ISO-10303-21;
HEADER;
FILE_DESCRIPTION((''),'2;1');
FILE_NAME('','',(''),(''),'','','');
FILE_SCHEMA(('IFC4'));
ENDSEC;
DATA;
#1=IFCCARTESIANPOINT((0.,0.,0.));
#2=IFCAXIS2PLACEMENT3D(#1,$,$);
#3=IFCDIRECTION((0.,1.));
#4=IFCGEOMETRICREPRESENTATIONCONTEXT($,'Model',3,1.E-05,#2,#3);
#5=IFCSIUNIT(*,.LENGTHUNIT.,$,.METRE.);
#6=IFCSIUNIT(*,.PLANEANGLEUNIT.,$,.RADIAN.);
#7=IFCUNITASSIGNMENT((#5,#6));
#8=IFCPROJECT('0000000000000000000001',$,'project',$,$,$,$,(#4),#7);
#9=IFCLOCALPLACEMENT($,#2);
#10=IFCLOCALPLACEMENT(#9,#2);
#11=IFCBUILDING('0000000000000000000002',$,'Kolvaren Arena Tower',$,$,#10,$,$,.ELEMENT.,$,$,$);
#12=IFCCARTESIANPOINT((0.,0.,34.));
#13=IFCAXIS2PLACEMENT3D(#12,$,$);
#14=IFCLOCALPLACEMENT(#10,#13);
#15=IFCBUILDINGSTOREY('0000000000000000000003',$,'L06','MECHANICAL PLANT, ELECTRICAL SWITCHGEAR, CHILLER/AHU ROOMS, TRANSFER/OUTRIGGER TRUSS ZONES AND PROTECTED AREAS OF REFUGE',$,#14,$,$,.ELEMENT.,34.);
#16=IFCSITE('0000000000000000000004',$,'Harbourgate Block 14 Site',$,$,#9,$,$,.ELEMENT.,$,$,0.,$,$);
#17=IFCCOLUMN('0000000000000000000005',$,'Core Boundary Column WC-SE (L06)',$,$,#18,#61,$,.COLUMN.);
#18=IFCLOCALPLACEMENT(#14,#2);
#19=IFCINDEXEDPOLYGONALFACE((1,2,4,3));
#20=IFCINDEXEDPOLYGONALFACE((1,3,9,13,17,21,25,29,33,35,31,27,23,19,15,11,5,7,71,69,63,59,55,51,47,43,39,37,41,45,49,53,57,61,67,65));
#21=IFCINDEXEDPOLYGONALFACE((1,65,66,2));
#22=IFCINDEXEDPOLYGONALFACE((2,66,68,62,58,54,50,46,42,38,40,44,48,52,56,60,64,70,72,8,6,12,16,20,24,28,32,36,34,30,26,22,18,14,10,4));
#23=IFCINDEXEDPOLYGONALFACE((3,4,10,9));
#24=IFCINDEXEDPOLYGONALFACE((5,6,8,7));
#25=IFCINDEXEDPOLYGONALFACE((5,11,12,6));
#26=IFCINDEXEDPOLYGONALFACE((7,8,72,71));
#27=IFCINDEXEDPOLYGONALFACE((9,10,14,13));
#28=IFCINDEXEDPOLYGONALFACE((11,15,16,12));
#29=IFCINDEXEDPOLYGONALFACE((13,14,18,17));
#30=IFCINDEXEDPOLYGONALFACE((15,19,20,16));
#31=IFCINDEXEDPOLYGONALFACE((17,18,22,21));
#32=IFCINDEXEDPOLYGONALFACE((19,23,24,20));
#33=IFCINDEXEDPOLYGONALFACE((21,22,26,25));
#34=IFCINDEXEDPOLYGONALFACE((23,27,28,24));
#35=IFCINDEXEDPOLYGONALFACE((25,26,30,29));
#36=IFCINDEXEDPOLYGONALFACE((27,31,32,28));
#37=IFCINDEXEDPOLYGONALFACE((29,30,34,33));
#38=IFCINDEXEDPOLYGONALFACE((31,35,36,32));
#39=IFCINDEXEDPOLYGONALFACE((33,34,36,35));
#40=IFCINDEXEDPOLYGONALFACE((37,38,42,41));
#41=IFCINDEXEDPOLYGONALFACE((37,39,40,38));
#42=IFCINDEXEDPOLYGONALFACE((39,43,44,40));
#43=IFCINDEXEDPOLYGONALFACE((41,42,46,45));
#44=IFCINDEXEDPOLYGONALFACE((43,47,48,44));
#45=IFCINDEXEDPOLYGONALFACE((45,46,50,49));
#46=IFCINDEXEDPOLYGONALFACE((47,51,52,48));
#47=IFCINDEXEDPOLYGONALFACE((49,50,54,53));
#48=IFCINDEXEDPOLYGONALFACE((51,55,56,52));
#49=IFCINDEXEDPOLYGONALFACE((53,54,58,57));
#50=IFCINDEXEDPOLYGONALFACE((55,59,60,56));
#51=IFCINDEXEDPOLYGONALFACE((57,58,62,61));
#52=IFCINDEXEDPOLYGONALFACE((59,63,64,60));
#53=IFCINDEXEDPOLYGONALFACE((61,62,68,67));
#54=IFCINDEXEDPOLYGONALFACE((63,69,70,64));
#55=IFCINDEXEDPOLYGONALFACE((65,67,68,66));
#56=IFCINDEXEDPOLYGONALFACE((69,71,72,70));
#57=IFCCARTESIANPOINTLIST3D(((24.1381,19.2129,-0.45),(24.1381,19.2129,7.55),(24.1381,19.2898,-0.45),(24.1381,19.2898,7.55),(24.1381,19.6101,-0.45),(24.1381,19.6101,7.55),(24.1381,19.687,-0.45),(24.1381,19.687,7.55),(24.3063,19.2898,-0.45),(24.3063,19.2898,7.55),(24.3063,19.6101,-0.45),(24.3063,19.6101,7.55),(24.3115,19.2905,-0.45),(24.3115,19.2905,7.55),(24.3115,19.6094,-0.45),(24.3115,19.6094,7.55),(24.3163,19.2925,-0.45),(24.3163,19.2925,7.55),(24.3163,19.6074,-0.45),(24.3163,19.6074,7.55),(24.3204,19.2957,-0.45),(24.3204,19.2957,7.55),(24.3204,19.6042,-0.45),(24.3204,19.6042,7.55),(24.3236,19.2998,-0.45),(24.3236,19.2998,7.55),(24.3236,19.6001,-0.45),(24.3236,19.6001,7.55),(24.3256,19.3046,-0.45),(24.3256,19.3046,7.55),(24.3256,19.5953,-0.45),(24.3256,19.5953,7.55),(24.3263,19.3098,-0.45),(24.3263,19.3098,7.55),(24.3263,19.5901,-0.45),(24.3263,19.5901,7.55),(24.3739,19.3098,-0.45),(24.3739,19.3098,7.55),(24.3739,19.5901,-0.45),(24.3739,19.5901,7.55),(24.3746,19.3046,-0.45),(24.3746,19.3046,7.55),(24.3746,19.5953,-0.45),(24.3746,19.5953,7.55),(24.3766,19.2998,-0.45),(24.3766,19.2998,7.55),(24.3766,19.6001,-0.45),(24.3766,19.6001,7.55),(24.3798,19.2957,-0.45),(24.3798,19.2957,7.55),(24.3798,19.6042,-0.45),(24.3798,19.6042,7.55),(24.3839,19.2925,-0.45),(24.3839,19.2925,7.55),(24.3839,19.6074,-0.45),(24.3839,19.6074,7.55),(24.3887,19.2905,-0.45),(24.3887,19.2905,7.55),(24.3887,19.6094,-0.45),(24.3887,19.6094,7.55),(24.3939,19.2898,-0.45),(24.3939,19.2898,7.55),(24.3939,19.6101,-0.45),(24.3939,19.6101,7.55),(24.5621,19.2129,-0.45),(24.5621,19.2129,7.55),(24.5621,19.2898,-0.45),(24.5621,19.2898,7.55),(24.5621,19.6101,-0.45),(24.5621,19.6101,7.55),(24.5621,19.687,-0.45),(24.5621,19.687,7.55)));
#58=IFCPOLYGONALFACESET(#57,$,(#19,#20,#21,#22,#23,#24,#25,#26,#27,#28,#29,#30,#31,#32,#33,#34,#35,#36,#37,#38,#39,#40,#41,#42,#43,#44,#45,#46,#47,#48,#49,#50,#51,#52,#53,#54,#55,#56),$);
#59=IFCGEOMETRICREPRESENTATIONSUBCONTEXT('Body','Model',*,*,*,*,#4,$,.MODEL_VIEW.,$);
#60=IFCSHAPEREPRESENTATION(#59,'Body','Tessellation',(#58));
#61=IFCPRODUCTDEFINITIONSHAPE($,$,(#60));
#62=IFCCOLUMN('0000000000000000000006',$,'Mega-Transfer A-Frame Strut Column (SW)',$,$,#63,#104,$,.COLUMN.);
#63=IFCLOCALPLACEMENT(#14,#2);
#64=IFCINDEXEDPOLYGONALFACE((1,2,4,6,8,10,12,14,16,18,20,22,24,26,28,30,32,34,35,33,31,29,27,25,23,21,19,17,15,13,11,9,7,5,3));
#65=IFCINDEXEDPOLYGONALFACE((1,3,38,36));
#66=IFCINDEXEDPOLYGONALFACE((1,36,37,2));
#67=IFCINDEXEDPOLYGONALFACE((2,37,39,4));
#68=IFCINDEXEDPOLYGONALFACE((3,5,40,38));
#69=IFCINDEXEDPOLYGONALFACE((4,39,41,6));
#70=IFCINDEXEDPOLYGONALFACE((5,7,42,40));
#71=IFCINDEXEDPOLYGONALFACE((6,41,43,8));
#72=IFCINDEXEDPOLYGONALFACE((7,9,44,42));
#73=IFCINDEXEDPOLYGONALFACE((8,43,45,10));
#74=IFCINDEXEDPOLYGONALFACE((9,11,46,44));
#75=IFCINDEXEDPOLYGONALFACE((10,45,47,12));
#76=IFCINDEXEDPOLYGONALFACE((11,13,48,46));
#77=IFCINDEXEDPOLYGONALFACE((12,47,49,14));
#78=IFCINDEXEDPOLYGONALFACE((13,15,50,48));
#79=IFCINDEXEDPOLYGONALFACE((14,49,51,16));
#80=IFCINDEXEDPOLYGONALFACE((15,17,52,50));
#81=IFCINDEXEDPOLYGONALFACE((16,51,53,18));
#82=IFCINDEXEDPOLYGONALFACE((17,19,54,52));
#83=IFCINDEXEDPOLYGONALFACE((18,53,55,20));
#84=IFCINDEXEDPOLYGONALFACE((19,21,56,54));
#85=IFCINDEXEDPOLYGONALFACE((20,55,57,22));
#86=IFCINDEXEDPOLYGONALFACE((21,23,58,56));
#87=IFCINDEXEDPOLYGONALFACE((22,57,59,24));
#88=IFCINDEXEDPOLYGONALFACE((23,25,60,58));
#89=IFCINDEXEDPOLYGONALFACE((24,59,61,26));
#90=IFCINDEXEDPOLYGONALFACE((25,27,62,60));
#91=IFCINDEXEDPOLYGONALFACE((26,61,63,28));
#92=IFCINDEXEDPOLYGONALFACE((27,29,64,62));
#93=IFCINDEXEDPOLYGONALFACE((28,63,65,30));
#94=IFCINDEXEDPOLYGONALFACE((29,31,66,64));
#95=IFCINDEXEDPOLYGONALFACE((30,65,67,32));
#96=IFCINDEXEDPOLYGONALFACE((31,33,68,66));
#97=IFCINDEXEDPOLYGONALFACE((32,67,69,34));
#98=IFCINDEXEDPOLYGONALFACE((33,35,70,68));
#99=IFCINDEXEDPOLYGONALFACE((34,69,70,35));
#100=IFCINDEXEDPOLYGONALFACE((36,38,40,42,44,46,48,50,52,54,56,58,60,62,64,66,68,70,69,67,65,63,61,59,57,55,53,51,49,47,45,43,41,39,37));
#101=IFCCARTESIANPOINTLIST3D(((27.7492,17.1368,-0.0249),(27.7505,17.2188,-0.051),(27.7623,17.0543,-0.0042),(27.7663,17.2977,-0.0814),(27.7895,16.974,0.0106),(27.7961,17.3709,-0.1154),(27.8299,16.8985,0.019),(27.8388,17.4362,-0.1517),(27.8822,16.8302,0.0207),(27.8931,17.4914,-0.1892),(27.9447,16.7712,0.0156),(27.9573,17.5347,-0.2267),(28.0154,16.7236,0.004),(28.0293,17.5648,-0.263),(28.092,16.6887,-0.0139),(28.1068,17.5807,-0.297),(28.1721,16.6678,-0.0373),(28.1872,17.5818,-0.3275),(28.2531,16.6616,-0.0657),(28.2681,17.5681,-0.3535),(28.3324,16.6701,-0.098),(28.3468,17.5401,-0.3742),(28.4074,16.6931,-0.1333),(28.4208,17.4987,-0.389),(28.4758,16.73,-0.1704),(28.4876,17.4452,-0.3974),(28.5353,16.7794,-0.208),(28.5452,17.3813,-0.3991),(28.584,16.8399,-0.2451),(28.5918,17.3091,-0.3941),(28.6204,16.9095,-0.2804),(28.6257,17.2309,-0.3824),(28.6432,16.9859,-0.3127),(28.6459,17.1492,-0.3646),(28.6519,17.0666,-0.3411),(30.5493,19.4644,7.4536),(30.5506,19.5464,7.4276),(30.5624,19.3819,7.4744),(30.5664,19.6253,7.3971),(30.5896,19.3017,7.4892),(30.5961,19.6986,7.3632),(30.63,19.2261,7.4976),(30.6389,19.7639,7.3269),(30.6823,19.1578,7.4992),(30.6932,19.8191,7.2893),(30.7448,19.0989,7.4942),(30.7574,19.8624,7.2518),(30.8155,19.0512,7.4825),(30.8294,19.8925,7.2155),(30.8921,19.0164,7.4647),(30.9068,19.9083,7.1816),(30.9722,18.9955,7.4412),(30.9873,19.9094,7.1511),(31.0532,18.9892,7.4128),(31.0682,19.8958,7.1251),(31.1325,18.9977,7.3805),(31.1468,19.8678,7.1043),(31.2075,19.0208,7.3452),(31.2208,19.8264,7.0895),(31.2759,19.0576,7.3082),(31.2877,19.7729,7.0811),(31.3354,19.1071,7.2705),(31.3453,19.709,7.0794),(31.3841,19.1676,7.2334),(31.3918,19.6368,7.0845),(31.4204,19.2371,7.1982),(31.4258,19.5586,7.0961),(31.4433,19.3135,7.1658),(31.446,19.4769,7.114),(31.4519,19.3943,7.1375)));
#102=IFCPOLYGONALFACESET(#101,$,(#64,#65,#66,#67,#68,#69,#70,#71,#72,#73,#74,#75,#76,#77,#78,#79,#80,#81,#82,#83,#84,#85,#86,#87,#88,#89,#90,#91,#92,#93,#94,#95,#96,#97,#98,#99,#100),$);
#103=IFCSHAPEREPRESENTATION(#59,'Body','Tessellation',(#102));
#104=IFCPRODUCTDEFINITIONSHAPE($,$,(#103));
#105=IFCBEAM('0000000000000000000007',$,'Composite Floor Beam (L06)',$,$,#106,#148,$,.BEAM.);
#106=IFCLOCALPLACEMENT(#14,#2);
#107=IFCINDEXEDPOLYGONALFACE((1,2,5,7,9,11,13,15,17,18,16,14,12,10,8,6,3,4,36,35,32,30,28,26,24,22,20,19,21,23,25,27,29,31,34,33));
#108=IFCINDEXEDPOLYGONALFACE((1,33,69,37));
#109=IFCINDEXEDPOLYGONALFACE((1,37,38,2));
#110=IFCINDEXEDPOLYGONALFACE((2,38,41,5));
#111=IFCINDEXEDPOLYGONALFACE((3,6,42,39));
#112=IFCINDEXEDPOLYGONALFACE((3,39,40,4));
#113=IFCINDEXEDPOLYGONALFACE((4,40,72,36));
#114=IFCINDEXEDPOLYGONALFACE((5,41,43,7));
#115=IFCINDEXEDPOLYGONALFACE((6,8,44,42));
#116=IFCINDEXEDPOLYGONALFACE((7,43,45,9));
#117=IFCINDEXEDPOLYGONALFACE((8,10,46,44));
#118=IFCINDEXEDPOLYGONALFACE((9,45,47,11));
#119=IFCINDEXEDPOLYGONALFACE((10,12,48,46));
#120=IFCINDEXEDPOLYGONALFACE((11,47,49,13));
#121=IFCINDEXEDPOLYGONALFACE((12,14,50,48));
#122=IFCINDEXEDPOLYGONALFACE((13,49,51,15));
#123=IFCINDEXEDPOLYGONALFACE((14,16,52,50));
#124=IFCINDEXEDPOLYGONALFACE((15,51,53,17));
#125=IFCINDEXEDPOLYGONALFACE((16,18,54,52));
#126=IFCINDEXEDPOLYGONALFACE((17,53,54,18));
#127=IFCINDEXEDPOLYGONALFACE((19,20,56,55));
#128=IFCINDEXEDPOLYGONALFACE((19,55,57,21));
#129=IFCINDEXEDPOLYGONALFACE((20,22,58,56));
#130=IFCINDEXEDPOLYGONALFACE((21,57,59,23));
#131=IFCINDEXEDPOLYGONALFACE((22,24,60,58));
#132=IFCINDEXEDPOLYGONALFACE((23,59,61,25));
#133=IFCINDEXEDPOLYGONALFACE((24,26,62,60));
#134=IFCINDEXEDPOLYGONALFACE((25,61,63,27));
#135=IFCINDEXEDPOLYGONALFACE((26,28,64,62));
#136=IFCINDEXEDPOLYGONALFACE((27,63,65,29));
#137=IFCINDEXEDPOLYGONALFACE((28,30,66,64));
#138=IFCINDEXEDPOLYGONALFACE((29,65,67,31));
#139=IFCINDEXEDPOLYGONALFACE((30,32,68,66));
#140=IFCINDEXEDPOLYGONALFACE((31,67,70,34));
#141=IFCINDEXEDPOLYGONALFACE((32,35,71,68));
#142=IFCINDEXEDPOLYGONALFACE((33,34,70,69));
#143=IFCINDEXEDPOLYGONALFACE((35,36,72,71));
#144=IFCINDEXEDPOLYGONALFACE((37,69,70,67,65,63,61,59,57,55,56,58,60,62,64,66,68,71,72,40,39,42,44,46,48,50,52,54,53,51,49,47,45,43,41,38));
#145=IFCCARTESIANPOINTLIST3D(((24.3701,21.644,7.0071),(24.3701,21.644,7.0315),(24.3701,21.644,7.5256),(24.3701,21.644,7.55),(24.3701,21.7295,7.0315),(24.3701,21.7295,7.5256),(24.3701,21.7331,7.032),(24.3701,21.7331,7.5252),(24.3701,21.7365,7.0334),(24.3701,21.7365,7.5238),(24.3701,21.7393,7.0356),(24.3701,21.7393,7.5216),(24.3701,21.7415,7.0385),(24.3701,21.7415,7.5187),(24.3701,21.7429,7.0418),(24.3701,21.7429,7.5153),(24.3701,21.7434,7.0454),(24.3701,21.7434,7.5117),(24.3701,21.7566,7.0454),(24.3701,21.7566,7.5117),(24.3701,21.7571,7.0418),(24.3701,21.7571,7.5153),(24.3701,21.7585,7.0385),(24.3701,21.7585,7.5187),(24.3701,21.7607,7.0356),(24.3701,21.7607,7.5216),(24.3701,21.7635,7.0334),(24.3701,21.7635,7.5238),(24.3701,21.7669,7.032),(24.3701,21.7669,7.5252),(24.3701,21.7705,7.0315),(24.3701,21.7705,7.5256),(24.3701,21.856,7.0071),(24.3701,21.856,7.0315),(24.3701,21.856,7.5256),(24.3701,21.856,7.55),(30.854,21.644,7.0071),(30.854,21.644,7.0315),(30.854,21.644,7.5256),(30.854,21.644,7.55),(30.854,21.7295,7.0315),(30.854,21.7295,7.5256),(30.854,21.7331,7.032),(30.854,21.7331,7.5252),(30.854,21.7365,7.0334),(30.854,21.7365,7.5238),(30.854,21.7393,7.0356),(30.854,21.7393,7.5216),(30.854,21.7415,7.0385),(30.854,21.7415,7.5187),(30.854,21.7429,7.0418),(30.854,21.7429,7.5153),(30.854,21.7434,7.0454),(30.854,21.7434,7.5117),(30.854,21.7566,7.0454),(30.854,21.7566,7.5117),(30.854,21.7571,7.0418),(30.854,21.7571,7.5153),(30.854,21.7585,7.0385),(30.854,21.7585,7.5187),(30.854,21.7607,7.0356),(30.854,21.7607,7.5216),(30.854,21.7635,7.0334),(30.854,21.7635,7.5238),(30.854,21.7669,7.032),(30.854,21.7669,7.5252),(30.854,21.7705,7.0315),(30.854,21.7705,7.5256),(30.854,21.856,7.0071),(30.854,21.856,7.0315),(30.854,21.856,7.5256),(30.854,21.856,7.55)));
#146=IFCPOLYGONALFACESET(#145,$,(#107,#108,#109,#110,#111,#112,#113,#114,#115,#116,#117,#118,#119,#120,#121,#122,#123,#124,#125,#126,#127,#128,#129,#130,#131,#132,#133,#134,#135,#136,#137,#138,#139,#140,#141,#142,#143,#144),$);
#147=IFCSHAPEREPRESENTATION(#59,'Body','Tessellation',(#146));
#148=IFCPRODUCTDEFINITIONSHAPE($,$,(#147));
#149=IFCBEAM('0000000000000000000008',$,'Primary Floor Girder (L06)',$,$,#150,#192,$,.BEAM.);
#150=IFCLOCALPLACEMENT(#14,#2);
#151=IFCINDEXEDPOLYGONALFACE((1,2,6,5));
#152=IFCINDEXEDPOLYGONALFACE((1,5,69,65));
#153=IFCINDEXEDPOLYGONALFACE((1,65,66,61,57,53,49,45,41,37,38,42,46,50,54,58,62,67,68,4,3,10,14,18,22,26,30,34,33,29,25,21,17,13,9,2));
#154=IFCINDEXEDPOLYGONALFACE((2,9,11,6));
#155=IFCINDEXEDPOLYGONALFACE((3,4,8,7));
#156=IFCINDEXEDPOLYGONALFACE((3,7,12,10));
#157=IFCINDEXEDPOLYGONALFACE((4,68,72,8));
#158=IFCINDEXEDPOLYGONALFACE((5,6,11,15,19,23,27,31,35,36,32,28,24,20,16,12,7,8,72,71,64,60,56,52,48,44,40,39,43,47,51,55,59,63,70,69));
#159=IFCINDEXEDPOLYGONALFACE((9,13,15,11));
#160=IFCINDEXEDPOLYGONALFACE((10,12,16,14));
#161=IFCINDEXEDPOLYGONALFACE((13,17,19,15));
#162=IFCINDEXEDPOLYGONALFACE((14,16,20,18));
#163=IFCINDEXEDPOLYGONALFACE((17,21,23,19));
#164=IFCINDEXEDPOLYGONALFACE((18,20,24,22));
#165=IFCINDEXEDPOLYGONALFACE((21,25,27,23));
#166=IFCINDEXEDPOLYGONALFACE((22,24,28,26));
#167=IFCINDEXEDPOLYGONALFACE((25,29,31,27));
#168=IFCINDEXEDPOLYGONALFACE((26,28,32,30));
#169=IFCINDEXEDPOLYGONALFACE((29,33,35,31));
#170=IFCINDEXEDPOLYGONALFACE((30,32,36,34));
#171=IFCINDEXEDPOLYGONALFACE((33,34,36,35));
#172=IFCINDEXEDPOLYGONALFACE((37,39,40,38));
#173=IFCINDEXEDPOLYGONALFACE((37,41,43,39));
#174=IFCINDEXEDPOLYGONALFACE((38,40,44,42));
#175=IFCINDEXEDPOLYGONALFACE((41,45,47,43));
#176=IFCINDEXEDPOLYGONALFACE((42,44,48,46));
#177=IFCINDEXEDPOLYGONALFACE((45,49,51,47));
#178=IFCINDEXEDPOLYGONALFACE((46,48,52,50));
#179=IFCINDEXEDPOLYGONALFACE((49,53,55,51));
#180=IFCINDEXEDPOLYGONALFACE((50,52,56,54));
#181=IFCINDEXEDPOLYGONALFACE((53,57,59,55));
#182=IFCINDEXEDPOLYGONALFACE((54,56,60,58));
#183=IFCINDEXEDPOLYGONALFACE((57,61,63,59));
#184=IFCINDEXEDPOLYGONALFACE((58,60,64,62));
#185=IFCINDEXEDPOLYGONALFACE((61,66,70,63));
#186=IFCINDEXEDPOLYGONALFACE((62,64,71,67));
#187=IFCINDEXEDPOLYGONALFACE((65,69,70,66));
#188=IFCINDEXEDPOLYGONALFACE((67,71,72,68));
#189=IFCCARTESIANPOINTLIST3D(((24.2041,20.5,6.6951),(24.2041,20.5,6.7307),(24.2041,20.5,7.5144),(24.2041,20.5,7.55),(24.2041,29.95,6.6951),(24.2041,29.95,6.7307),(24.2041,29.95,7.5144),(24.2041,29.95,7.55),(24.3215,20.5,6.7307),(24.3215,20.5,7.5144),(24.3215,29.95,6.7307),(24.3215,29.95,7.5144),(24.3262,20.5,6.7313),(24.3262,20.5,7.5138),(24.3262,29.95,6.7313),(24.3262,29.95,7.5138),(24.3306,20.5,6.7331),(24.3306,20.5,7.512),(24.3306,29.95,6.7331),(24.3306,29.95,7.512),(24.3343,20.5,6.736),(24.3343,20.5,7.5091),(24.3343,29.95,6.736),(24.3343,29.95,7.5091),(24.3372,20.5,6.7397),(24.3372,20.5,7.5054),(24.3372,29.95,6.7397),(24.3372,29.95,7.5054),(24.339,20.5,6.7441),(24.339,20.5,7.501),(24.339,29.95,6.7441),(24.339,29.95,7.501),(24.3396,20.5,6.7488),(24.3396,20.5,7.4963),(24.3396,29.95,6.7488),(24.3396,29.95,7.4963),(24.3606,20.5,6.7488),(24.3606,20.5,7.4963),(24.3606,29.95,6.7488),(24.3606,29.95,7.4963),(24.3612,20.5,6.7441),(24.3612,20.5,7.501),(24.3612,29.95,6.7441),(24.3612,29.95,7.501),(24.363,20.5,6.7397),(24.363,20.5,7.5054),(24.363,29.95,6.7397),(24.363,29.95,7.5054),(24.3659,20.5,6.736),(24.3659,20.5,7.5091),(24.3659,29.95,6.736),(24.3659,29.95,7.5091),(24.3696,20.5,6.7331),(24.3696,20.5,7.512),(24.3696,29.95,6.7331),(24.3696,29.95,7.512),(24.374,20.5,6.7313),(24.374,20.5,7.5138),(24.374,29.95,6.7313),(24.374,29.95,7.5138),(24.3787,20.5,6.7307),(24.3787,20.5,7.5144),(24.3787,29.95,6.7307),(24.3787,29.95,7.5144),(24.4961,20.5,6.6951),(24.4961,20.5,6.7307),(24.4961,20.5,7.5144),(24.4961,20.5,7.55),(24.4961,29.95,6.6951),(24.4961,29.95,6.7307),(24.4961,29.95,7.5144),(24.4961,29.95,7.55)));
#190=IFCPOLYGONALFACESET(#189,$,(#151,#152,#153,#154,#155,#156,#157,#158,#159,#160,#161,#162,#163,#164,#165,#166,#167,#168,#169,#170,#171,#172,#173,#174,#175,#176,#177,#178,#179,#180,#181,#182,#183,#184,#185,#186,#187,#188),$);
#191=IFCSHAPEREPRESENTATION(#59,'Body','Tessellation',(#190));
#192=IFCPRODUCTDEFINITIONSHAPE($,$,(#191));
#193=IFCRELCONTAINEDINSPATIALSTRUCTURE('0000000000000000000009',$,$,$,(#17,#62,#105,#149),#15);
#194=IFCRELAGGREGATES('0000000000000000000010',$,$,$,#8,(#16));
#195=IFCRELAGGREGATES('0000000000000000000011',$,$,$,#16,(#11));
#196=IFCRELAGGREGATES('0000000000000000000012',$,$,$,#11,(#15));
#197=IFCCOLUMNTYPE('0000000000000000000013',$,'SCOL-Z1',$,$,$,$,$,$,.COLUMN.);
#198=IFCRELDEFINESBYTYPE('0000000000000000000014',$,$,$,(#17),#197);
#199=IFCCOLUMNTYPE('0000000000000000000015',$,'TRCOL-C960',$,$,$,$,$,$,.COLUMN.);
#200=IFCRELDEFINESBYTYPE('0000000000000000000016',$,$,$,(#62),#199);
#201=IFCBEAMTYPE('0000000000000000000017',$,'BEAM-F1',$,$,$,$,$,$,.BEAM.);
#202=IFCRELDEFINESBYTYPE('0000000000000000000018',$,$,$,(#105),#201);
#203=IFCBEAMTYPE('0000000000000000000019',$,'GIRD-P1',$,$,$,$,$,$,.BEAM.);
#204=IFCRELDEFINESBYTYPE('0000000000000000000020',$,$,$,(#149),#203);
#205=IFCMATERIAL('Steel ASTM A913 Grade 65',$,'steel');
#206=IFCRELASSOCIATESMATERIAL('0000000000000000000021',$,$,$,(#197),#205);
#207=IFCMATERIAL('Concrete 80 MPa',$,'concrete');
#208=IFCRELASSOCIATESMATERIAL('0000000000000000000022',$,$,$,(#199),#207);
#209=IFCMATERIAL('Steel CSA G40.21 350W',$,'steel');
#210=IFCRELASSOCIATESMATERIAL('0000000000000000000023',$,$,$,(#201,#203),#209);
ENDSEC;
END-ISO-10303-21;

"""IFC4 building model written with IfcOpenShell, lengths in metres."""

from ifc_helpers import new_model, si_unit, direction, frame, origin, origin_2d, place, context, subcontext, project, spatial, circle, i_section, extrude, material, material_profile, profile_set, type_object, element, save


model = new_model("IFC4")

# Units and contexts
model_context = context("Model", 3, precision=1e-05, world=origin(), true_north=direction((0.0, 1.0)))
body_context = subcontext(model_context, "Body", "Model", "MODEL_VIEW")
ifc_project = project(units=[si_unit("LENGTHUNIT", "METRE"), si_unit("PLANEANGLEUNIT", "RADIAN")], contexts=[model_context])

# Site, building, storey
site_placement = place(None, origin())
site = spatial("IfcSite", under=ifc_project, at=site_placement, Name="Harbourgate Block 14 Site", CompositionType="ELEMENT", RefElevation=0.0)
building_placement = place(site_placement, origin())
building = spatial("IfcBuilding", under=site, at=building_placement, Name="Kolvaren Arena Tower", CompositionType="ELEMENT")
storey_placement = place(building_placement, frame((0.0, 0.0, 34.0)))
storey = spatial("IfcBuildingStorey", under=building, at=storey_placement, Name="L06", Description="MECHANICAL PLANT, ELECTRICAL SWITCHGEAR, CHILLER/AHU ROOMS, TRANSFER/OUTRIGGER TRUSS ZONES AND PROTECTED AREAS OF REFUGE", CompositionType="ELEMENT", Elevation=34.0)

# Columns
ifc_material_1 = material(Name="Steel ASTM A913 Grade 65", Category="steel")
ifc_material_profile_1 = material_profile(ifc_material_1, i_section(OverallWidth=0.4241, OverallDepth=0.4741, WebThickness=0.0476, FlangeThickness=0.0769, FilletRadius=0.02, at=origin_2d()), Name="W360x634")
ifc_profile_set_1 = profile_set([ifc_material_profile_1], Name="Steel ASTM A913 Grade 65")
column_type_1 = type_object("IfcColumnType", Name="SCOL-Z1", PredefinedType="COLUMN", material=ifc_profile_set_1)
column_1_placement = place(storey_placement, frame((24.3501, 19.45, -0.45), z_axis=(0.0, 0.0, 1.0), x_axis=(1.0, 0.0, 0.0)))
element("IfcColumn", 1, at=column_1_placement, inside=storey, type_object=column_type_1, Name="Core Boundary Column WC-SE (L06)", PredefinedType="COLUMN", context=body_context, shape_type="SweptSolid", body=[
    extrude(i_section(OverallWidth=0.4241, OverallDepth=0.4741, WebThickness=0.0476, FlangeThickness=0.0769, FilletRadius=0.02, at=origin_2d()), origin(), (0.0, 0.0, 1.0), 8.0),
])
ifc_material_2 = material(Name="Concrete 80 MPa", Category="concrete")
ifc_material_profile_2 = material_profile(ifc_material_2, circle(Radius=0.48, at=origin_2d()), Name="RC-CIRC-960")
ifc_profile_set_2 = profile_set([ifc_material_profile_2], Name="Concrete 80 MPa")
column_type_2 = type_object("IfcColumnType", Name="TRCOL-C960", PredefinedType="COLUMN", material=ifc_profile_set_2)
column_2_placement = place(storey_placement, frame((28.2, 17.1223, -0.1892), z_axis=(0.336632, 0.279837, 0.899094), x_axis=(-0.639254, 0.768996, 0.0)))
element("IfcColumn", 2, at=column_2_placement, inside=storey, type_object=column_type_2, Name="Mega-Transfer A-Frame Strut Column (SW)", PredefinedType="COLUMN", context=body_context, shape_type="SweptSolid", body=[
    extrude(circle(Radius=0.48, at=origin_2d()), origin(), (0.0, 0.0, 1.0), 8.3179),
])

# Beams
ifc_material_3 = material(Name="Steel CSA G40.21 350W", Category="steel")
ifc_material_profile_3 = material_profile(ifc_material_3, i_section(OverallWidth=0.2119, OverallDepth=0.543, WebThickness=0.0132, FlangeThickness=0.0244, FilletRadius=0.0139, at=origin_2d()), Name="W530x150")
ifc_profile_set_3 = profile_set([ifc_material_profile_3], Name="Steel CSA G40.21 350W")
beam_type_1 = type_object("IfcBeamType", Name="BEAM-F1", PredefinedType="BEAM", material=ifc_profile_set_3)
beam_1_placement = place(storey_placement, frame((24.3701, 21.75, 7.2786), z_axis=(1.0, 0.0, 0.0), x_axis=(0.0, 1.0, 0.0)))
element("IfcBeam", 3, at=beam_1_placement, inside=storey, type_object=beam_type_1, Name="Composite Floor Beam (L06)", PredefinedType="BEAM", context=body_context, shape_type="SweptSolid", body=[
    extrude(i_section(OverallWidth=0.2119, OverallDepth=0.543, WebThickness=0.0132, FlangeThickness=0.0244, FilletRadius=0.0139, at=origin_2d()), origin(), (0.0, 0.0, 1.0), 6.4839),
])
ifc_material_profile_4 = material_profile(ifc_material_3, i_section(OverallWidth=0.292, OverallDepth=0.855, WebThickness=0.021, FlangeThickness=0.0356, FilletRadius=0.0181, at=origin_2d()), Name="W840x299")
ifc_profile_set_4 = profile_set([ifc_material_profile_4], Name="Steel CSA G40.21 350W")
beam_type_2 = type_object("IfcBeamType", Name="GIRD-P1", PredefinedType="BEAM", material=ifc_profile_set_4)
beam_2_placement = place(storey_placement, frame((24.3501, 20.5, 7.1226), z_axis=(0.0, 1.0, 0.0), x_axis=(-1.0, 0.0, 0.0)))
element("IfcBeam", 4, at=beam_2_placement, inside=storey, type_object=beam_type_2, Name="Primary Floor Girder (L06)", PredefinedType="BEAM", context=body_context, shape_type="SweptSolid", body=[
    extrude(i_section(OverallWidth=0.292, OverallDepth=0.855, WebThickness=0.021, FlangeThickness=0.0356, FilletRadius=0.0181, at=origin_2d()), origin(), (0.0, 0.0, 1.0), 9.45),
])

save(model, "model.ifc")
